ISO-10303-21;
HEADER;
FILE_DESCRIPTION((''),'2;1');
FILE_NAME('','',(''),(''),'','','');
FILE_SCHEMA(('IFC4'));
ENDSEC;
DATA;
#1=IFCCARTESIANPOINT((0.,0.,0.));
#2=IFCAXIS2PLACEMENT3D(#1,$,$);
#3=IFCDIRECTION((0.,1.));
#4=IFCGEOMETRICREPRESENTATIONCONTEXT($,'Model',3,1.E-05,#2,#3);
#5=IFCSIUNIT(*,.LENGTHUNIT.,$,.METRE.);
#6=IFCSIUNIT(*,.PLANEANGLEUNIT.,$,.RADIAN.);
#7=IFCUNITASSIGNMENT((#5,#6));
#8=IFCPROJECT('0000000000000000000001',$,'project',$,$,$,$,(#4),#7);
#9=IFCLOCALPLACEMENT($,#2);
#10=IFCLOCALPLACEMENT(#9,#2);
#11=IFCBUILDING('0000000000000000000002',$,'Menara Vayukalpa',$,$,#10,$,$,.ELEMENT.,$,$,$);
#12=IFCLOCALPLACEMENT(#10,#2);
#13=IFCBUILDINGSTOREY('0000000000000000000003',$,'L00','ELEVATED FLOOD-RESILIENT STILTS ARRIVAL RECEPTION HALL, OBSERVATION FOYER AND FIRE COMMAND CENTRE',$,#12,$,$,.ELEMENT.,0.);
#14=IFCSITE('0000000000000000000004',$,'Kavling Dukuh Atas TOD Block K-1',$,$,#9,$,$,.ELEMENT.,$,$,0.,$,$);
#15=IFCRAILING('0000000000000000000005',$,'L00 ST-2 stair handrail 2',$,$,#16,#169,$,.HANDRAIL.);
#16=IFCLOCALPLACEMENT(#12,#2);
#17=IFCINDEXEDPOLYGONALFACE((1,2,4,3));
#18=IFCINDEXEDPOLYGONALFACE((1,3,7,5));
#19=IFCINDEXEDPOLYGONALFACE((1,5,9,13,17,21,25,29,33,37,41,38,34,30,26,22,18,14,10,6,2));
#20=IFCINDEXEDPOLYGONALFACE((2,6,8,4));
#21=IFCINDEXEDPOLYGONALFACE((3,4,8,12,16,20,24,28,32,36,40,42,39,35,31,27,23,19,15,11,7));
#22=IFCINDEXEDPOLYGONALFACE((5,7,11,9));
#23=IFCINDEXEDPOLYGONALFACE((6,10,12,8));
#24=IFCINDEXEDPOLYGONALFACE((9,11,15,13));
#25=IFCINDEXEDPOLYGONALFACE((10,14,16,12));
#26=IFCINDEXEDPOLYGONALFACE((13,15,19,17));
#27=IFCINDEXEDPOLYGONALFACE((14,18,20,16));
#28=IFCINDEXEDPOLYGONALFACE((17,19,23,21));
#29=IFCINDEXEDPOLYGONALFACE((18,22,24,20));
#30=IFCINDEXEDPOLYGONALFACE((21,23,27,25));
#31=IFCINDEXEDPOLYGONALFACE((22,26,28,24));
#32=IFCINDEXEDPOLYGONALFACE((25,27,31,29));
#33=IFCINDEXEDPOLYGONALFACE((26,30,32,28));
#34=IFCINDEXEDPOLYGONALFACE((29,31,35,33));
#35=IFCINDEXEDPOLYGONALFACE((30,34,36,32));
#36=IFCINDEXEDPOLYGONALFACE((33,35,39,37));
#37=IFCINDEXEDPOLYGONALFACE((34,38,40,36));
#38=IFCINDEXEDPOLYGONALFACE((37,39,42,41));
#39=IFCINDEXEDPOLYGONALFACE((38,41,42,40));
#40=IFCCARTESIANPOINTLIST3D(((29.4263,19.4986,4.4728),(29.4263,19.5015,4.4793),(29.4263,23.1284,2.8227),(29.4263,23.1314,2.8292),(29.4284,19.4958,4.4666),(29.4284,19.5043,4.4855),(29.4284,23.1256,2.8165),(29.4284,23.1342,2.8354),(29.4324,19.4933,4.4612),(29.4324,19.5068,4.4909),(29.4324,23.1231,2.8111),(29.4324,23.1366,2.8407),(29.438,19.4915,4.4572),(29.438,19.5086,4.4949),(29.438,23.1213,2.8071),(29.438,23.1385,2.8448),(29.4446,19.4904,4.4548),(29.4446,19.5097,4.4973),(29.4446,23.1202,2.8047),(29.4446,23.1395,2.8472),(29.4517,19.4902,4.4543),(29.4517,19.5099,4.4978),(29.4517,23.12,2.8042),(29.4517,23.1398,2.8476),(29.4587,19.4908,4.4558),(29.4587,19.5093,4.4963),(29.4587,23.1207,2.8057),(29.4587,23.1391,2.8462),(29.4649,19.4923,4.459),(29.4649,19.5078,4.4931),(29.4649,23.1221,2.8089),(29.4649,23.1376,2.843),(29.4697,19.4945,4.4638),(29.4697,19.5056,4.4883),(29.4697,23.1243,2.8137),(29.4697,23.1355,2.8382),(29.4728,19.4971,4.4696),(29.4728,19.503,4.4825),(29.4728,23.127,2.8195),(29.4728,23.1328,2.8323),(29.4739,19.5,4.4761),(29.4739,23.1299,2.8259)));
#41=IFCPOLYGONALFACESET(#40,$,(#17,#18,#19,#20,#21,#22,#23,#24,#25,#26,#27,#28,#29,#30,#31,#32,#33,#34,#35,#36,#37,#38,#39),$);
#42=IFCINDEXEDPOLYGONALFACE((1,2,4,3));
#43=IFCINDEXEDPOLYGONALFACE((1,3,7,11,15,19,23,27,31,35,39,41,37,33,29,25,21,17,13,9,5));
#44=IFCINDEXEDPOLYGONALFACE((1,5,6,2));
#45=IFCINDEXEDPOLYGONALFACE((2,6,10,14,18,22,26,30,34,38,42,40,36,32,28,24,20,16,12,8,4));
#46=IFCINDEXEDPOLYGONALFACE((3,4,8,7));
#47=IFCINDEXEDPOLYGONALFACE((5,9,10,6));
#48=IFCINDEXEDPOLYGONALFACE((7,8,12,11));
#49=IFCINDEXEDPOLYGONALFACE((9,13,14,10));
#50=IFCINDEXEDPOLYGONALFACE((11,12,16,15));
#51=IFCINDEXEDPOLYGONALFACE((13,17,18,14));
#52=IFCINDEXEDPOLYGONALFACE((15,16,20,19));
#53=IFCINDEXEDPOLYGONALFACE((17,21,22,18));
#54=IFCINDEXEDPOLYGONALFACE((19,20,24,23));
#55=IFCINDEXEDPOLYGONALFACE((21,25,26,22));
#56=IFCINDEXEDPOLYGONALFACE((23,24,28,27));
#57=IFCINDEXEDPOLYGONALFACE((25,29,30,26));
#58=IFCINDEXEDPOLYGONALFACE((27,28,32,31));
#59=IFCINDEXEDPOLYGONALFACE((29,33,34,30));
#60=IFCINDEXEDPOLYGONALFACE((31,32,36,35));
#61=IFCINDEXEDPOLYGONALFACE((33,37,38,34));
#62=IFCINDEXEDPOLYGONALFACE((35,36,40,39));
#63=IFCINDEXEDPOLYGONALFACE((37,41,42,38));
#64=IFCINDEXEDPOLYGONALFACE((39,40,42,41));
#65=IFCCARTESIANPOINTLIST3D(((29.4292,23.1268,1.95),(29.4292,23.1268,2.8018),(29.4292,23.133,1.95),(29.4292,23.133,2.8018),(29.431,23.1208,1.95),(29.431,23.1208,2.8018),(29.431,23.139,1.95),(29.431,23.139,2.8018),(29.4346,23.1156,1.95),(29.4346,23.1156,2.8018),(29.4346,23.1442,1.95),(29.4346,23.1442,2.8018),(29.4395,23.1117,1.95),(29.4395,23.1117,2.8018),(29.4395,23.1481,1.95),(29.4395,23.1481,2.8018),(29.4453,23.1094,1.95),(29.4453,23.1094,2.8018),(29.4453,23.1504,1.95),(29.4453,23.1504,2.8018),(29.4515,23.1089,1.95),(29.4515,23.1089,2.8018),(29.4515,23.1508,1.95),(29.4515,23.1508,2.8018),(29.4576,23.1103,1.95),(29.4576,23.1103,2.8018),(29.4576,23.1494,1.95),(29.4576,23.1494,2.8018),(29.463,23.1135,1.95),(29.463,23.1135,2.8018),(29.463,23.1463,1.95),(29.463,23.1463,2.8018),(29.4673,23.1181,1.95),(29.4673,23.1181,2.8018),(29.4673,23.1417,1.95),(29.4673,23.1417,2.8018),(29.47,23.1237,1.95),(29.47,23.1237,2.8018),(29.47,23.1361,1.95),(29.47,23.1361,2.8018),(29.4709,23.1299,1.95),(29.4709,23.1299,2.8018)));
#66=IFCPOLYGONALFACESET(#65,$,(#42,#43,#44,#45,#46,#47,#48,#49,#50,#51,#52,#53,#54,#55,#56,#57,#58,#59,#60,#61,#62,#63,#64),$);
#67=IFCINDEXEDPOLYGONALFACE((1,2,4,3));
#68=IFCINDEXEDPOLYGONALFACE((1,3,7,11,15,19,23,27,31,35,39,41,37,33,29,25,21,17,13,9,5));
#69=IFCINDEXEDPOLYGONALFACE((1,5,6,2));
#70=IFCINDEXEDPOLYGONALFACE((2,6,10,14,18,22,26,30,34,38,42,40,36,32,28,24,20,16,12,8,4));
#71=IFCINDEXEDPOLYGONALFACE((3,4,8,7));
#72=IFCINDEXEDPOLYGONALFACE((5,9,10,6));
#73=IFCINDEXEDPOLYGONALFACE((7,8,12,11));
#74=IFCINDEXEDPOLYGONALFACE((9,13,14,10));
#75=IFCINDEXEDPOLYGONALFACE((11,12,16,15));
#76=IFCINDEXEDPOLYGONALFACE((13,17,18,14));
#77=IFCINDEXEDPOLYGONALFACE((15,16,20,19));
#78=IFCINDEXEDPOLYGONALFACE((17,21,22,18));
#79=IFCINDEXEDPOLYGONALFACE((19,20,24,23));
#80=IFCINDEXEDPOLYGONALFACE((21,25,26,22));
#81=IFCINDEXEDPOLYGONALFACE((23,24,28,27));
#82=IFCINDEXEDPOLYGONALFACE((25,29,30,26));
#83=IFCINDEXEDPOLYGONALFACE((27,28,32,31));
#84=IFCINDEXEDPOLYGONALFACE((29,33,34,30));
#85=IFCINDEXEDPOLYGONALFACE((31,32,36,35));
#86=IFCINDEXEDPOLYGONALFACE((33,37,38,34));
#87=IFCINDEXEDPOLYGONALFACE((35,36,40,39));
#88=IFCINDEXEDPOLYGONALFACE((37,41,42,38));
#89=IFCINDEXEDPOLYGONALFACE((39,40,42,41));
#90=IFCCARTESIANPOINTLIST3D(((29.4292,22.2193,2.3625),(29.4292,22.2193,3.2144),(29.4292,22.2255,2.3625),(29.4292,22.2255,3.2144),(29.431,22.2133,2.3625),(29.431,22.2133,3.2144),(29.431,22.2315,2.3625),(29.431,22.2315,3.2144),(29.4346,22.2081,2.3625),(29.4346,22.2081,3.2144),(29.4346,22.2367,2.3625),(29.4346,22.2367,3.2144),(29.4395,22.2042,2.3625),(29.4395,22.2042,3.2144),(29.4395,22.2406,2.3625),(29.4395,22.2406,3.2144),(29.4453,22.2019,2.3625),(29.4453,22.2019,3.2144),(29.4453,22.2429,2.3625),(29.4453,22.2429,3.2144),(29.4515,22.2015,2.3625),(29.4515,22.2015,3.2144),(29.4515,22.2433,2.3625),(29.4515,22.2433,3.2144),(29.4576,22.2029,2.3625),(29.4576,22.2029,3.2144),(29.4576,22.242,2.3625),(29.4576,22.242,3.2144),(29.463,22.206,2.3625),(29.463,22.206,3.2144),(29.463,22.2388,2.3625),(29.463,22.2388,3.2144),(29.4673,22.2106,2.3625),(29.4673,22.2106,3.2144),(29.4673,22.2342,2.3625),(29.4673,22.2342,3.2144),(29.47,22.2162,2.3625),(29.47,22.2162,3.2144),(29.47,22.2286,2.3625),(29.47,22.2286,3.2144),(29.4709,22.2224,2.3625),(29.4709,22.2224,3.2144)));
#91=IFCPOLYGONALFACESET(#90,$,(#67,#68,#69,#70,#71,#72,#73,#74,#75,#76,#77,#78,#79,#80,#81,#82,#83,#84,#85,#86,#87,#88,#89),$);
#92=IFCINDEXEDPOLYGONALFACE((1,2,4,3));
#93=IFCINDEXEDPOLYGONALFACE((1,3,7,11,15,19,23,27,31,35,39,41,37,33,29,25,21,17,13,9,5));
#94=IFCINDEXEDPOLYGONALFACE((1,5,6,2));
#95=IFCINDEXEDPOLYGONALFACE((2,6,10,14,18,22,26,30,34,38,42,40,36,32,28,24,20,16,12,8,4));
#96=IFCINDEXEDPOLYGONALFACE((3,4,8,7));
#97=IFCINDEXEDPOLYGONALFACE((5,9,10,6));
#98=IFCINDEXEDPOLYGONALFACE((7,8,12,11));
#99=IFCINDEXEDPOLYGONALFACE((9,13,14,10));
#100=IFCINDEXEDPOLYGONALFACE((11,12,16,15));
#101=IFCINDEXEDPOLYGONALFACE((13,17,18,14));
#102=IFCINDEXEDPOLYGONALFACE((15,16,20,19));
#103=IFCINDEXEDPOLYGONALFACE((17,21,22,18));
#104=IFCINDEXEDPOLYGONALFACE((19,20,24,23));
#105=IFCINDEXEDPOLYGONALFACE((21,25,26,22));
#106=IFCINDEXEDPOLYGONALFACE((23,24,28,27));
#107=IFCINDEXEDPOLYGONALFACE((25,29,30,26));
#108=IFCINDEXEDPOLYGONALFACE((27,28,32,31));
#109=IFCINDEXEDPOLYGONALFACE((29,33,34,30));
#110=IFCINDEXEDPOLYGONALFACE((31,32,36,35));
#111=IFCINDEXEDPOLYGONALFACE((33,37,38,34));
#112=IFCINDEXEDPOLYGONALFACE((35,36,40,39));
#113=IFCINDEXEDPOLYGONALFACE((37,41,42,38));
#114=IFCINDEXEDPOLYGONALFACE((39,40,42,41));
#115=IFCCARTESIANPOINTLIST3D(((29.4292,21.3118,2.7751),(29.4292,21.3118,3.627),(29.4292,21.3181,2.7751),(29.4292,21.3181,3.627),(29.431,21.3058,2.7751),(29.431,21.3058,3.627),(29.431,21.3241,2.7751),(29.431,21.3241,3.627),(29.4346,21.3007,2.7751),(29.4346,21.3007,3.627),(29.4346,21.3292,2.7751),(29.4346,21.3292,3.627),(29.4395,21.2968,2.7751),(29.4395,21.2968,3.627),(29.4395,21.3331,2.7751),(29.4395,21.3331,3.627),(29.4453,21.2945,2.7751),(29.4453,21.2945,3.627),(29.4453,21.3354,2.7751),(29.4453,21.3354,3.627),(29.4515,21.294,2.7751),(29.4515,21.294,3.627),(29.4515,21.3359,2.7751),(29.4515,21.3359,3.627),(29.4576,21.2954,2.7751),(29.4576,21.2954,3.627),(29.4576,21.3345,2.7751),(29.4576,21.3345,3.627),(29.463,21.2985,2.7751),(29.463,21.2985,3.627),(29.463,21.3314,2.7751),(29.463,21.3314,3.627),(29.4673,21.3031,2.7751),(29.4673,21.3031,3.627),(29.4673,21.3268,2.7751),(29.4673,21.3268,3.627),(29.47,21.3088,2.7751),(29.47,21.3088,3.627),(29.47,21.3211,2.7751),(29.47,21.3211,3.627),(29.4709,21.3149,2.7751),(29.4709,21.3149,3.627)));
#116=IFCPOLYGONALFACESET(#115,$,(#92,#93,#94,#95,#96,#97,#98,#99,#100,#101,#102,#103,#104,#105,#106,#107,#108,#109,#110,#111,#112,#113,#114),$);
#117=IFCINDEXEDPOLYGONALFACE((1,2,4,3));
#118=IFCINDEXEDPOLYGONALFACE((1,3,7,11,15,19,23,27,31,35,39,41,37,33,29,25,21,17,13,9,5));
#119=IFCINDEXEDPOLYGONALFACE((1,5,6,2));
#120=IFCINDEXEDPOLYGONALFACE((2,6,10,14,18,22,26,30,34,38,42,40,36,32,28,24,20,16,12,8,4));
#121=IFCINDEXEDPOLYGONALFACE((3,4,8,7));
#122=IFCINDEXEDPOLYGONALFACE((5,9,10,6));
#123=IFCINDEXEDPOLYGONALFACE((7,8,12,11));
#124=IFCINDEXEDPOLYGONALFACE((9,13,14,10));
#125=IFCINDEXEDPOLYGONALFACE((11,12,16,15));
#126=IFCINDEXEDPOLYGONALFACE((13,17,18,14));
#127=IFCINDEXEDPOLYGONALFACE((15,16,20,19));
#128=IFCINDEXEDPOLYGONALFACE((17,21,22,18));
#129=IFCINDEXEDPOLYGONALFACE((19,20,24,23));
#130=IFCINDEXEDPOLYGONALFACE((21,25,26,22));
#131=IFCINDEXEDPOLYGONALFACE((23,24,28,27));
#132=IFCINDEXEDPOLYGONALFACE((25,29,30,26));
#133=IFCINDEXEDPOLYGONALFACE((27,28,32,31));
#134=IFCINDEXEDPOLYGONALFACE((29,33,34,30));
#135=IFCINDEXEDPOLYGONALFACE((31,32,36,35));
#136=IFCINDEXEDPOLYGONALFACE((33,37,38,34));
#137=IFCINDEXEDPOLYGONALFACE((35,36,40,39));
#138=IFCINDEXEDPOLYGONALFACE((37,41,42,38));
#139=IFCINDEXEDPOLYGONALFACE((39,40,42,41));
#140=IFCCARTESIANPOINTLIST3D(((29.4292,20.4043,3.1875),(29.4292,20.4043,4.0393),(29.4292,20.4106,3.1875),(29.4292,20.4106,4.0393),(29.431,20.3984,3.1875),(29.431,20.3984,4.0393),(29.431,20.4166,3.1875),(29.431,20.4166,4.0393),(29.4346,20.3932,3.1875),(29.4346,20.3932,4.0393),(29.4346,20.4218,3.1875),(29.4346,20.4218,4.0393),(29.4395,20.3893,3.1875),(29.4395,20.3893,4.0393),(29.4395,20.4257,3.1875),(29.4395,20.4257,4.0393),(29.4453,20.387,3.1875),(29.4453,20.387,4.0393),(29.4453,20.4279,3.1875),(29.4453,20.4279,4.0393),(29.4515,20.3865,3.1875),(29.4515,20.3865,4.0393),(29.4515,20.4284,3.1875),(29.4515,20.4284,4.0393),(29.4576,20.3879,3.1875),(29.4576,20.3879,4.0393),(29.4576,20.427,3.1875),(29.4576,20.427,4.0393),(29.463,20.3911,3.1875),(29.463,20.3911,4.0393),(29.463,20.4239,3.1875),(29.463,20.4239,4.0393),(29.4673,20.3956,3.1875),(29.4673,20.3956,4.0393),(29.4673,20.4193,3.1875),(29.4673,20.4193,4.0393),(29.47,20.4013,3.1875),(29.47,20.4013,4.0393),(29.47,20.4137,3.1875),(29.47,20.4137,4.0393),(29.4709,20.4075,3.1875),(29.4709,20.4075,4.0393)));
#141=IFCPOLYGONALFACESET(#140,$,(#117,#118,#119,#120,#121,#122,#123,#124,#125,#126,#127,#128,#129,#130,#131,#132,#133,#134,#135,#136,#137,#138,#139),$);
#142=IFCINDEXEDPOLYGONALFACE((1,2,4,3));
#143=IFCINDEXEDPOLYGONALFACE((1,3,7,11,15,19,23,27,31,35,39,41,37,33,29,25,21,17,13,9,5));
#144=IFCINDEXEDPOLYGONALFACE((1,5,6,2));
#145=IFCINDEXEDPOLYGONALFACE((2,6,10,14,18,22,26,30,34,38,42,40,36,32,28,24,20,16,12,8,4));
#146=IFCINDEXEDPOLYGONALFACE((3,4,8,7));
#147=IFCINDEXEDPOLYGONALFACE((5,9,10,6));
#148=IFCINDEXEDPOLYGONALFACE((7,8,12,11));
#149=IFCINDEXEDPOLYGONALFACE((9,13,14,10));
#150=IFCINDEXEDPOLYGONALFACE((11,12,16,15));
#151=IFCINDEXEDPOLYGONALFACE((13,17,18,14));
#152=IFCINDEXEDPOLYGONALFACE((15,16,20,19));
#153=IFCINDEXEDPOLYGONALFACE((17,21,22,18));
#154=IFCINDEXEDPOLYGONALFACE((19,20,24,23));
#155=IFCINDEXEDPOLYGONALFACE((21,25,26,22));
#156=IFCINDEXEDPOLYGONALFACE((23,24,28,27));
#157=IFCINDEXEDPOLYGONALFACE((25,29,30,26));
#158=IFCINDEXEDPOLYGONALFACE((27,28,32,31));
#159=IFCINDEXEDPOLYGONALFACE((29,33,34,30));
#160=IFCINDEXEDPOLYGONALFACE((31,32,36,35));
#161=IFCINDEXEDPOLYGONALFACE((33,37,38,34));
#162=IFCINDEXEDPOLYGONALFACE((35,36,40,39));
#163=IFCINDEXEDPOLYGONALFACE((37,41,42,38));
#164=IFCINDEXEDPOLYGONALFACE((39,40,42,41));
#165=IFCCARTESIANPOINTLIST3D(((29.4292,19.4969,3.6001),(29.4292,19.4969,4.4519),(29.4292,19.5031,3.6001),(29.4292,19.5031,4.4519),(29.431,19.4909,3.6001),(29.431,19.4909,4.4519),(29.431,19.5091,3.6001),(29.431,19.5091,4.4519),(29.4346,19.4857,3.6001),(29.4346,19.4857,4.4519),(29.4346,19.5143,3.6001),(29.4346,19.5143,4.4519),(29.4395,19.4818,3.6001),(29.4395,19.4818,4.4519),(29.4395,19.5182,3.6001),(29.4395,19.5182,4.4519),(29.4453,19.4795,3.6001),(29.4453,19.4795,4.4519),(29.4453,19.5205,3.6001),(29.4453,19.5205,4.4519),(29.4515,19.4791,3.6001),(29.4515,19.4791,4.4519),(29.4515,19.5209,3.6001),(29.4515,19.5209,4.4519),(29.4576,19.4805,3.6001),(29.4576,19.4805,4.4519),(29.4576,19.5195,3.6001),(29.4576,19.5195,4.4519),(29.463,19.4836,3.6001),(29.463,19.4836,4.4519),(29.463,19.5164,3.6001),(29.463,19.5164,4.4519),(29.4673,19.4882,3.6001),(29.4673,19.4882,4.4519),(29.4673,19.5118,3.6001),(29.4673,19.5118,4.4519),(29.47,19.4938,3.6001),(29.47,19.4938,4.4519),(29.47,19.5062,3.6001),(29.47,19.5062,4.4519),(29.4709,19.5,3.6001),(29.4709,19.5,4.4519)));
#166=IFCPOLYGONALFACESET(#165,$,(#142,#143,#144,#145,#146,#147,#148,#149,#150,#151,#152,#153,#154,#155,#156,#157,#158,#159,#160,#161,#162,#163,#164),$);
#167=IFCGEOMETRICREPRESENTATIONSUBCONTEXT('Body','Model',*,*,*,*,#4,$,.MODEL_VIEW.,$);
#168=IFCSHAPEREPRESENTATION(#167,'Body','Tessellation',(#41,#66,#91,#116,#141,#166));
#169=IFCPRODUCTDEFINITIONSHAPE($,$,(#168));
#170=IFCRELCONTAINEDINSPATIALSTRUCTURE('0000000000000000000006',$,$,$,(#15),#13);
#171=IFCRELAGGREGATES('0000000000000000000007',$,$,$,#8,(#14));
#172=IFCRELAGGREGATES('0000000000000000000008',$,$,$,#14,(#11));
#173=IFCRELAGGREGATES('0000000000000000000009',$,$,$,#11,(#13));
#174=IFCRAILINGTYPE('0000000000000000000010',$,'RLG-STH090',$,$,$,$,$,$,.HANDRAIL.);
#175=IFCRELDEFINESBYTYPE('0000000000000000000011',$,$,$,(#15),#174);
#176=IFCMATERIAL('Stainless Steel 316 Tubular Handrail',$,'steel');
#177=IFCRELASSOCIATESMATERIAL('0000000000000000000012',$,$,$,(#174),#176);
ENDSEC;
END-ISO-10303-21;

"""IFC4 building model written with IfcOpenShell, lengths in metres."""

from ifc_helpers import new_model, si_unit, direction, frame, origin, origin_2d, place, context, subcontext, project, spatial, circle, extrude, material, type_object, element, save


model = new_model("IFC4")

# Units and contexts
model_context = context("Model", 3, precision=1e-05, world=origin(), true_north=direction((0.0, 1.0)))
body_context = subcontext(model_context, "Body", "Model", "MODEL_VIEW")
ifc_project = project(units=[si_unit("LENGTHUNIT", "METRE"), si_unit("PLANEANGLEUNIT", "RADIAN")], contexts=[model_context])

# Site, building, storey
site_placement = place(None, origin())
site = spatial("IfcSite", under=ifc_project, at=site_placement, Name="Kavling Dukuh Atas TOD Block K-1", CompositionType="ELEMENT", RefElevation=0.0)
building_placement = place(site_placement, origin())
building = spatial("IfcBuilding", under=site, at=building_placement, Name="Menara Vayukalpa", CompositionType="ELEMENT")
storey_placement = place(building_placement, origin())
storey = spatial("IfcBuildingStorey", under=building, at=storey_placement, Name="L00", Description="ELEVATED FLOOD-RESILIENT STILTS ARRIVAL RECEPTION HALL, OBSERVATION FOYER AND FIRE COMMAND CENTRE", CompositionType="ELEMENT", Elevation=0.0)

# Railing
ifc_material_1 = material(Name="Stainless Steel 316 Tubular Handrail", Category="steel")
railing_type_1 = type_object("IfcRailingType", Name="RLG-STH090", PredefinedType="HANDRAIL", material=ifc_material_1)
railing_1_placement = place(storey_placement, frame((29.45, 23.1299, 1.95)))
element("IfcRailing", 1, at=railing_1_placement, inside=storey, type_object=railing_type_1, Name="L00 ST-2 stair handrail 2", PredefinedType="HANDRAIL", context=body_context, shape_type="SweptSolid", body=[
    extrude(circle(Radius=0.0239, at=origin_2d()), frame((0.0, 0.0, 0.876), z_axis=(0.0, -0.910348, 0.413844), x_axis=(1.0, 0.0, 0.0)), (0.0, 0.0, 1.0), 3.9873),
    extrude(circle(Radius=0.021, at=origin_2d()), origin(), (0.0, 0.0, 1.0), 0.8518),
    extrude(circle(Radius=0.021, at=origin_2d()), frame((0.0, -0.9075, 0.4126)), (0.0, 0.0, 1.0), 0.8518),
    extrude(circle(Radius=0.021, at=origin_2d()), frame((0.0, -1.8149, 0.8252)), (0.0, 0.0, 1.0), 0.8518),
    extrude(circle(Radius=0.021, at=origin_2d()), frame((0.0, -2.7224, 1.2375)), (0.0, 0.0, 1.0), 0.8518),
    extrude(circle(Radius=0.021, at=origin_2d()), frame((0.0, -3.6299, 1.6501)), (0.0, 0.0, 1.0), 0.8518),
])

save(model, "model.ifc")
